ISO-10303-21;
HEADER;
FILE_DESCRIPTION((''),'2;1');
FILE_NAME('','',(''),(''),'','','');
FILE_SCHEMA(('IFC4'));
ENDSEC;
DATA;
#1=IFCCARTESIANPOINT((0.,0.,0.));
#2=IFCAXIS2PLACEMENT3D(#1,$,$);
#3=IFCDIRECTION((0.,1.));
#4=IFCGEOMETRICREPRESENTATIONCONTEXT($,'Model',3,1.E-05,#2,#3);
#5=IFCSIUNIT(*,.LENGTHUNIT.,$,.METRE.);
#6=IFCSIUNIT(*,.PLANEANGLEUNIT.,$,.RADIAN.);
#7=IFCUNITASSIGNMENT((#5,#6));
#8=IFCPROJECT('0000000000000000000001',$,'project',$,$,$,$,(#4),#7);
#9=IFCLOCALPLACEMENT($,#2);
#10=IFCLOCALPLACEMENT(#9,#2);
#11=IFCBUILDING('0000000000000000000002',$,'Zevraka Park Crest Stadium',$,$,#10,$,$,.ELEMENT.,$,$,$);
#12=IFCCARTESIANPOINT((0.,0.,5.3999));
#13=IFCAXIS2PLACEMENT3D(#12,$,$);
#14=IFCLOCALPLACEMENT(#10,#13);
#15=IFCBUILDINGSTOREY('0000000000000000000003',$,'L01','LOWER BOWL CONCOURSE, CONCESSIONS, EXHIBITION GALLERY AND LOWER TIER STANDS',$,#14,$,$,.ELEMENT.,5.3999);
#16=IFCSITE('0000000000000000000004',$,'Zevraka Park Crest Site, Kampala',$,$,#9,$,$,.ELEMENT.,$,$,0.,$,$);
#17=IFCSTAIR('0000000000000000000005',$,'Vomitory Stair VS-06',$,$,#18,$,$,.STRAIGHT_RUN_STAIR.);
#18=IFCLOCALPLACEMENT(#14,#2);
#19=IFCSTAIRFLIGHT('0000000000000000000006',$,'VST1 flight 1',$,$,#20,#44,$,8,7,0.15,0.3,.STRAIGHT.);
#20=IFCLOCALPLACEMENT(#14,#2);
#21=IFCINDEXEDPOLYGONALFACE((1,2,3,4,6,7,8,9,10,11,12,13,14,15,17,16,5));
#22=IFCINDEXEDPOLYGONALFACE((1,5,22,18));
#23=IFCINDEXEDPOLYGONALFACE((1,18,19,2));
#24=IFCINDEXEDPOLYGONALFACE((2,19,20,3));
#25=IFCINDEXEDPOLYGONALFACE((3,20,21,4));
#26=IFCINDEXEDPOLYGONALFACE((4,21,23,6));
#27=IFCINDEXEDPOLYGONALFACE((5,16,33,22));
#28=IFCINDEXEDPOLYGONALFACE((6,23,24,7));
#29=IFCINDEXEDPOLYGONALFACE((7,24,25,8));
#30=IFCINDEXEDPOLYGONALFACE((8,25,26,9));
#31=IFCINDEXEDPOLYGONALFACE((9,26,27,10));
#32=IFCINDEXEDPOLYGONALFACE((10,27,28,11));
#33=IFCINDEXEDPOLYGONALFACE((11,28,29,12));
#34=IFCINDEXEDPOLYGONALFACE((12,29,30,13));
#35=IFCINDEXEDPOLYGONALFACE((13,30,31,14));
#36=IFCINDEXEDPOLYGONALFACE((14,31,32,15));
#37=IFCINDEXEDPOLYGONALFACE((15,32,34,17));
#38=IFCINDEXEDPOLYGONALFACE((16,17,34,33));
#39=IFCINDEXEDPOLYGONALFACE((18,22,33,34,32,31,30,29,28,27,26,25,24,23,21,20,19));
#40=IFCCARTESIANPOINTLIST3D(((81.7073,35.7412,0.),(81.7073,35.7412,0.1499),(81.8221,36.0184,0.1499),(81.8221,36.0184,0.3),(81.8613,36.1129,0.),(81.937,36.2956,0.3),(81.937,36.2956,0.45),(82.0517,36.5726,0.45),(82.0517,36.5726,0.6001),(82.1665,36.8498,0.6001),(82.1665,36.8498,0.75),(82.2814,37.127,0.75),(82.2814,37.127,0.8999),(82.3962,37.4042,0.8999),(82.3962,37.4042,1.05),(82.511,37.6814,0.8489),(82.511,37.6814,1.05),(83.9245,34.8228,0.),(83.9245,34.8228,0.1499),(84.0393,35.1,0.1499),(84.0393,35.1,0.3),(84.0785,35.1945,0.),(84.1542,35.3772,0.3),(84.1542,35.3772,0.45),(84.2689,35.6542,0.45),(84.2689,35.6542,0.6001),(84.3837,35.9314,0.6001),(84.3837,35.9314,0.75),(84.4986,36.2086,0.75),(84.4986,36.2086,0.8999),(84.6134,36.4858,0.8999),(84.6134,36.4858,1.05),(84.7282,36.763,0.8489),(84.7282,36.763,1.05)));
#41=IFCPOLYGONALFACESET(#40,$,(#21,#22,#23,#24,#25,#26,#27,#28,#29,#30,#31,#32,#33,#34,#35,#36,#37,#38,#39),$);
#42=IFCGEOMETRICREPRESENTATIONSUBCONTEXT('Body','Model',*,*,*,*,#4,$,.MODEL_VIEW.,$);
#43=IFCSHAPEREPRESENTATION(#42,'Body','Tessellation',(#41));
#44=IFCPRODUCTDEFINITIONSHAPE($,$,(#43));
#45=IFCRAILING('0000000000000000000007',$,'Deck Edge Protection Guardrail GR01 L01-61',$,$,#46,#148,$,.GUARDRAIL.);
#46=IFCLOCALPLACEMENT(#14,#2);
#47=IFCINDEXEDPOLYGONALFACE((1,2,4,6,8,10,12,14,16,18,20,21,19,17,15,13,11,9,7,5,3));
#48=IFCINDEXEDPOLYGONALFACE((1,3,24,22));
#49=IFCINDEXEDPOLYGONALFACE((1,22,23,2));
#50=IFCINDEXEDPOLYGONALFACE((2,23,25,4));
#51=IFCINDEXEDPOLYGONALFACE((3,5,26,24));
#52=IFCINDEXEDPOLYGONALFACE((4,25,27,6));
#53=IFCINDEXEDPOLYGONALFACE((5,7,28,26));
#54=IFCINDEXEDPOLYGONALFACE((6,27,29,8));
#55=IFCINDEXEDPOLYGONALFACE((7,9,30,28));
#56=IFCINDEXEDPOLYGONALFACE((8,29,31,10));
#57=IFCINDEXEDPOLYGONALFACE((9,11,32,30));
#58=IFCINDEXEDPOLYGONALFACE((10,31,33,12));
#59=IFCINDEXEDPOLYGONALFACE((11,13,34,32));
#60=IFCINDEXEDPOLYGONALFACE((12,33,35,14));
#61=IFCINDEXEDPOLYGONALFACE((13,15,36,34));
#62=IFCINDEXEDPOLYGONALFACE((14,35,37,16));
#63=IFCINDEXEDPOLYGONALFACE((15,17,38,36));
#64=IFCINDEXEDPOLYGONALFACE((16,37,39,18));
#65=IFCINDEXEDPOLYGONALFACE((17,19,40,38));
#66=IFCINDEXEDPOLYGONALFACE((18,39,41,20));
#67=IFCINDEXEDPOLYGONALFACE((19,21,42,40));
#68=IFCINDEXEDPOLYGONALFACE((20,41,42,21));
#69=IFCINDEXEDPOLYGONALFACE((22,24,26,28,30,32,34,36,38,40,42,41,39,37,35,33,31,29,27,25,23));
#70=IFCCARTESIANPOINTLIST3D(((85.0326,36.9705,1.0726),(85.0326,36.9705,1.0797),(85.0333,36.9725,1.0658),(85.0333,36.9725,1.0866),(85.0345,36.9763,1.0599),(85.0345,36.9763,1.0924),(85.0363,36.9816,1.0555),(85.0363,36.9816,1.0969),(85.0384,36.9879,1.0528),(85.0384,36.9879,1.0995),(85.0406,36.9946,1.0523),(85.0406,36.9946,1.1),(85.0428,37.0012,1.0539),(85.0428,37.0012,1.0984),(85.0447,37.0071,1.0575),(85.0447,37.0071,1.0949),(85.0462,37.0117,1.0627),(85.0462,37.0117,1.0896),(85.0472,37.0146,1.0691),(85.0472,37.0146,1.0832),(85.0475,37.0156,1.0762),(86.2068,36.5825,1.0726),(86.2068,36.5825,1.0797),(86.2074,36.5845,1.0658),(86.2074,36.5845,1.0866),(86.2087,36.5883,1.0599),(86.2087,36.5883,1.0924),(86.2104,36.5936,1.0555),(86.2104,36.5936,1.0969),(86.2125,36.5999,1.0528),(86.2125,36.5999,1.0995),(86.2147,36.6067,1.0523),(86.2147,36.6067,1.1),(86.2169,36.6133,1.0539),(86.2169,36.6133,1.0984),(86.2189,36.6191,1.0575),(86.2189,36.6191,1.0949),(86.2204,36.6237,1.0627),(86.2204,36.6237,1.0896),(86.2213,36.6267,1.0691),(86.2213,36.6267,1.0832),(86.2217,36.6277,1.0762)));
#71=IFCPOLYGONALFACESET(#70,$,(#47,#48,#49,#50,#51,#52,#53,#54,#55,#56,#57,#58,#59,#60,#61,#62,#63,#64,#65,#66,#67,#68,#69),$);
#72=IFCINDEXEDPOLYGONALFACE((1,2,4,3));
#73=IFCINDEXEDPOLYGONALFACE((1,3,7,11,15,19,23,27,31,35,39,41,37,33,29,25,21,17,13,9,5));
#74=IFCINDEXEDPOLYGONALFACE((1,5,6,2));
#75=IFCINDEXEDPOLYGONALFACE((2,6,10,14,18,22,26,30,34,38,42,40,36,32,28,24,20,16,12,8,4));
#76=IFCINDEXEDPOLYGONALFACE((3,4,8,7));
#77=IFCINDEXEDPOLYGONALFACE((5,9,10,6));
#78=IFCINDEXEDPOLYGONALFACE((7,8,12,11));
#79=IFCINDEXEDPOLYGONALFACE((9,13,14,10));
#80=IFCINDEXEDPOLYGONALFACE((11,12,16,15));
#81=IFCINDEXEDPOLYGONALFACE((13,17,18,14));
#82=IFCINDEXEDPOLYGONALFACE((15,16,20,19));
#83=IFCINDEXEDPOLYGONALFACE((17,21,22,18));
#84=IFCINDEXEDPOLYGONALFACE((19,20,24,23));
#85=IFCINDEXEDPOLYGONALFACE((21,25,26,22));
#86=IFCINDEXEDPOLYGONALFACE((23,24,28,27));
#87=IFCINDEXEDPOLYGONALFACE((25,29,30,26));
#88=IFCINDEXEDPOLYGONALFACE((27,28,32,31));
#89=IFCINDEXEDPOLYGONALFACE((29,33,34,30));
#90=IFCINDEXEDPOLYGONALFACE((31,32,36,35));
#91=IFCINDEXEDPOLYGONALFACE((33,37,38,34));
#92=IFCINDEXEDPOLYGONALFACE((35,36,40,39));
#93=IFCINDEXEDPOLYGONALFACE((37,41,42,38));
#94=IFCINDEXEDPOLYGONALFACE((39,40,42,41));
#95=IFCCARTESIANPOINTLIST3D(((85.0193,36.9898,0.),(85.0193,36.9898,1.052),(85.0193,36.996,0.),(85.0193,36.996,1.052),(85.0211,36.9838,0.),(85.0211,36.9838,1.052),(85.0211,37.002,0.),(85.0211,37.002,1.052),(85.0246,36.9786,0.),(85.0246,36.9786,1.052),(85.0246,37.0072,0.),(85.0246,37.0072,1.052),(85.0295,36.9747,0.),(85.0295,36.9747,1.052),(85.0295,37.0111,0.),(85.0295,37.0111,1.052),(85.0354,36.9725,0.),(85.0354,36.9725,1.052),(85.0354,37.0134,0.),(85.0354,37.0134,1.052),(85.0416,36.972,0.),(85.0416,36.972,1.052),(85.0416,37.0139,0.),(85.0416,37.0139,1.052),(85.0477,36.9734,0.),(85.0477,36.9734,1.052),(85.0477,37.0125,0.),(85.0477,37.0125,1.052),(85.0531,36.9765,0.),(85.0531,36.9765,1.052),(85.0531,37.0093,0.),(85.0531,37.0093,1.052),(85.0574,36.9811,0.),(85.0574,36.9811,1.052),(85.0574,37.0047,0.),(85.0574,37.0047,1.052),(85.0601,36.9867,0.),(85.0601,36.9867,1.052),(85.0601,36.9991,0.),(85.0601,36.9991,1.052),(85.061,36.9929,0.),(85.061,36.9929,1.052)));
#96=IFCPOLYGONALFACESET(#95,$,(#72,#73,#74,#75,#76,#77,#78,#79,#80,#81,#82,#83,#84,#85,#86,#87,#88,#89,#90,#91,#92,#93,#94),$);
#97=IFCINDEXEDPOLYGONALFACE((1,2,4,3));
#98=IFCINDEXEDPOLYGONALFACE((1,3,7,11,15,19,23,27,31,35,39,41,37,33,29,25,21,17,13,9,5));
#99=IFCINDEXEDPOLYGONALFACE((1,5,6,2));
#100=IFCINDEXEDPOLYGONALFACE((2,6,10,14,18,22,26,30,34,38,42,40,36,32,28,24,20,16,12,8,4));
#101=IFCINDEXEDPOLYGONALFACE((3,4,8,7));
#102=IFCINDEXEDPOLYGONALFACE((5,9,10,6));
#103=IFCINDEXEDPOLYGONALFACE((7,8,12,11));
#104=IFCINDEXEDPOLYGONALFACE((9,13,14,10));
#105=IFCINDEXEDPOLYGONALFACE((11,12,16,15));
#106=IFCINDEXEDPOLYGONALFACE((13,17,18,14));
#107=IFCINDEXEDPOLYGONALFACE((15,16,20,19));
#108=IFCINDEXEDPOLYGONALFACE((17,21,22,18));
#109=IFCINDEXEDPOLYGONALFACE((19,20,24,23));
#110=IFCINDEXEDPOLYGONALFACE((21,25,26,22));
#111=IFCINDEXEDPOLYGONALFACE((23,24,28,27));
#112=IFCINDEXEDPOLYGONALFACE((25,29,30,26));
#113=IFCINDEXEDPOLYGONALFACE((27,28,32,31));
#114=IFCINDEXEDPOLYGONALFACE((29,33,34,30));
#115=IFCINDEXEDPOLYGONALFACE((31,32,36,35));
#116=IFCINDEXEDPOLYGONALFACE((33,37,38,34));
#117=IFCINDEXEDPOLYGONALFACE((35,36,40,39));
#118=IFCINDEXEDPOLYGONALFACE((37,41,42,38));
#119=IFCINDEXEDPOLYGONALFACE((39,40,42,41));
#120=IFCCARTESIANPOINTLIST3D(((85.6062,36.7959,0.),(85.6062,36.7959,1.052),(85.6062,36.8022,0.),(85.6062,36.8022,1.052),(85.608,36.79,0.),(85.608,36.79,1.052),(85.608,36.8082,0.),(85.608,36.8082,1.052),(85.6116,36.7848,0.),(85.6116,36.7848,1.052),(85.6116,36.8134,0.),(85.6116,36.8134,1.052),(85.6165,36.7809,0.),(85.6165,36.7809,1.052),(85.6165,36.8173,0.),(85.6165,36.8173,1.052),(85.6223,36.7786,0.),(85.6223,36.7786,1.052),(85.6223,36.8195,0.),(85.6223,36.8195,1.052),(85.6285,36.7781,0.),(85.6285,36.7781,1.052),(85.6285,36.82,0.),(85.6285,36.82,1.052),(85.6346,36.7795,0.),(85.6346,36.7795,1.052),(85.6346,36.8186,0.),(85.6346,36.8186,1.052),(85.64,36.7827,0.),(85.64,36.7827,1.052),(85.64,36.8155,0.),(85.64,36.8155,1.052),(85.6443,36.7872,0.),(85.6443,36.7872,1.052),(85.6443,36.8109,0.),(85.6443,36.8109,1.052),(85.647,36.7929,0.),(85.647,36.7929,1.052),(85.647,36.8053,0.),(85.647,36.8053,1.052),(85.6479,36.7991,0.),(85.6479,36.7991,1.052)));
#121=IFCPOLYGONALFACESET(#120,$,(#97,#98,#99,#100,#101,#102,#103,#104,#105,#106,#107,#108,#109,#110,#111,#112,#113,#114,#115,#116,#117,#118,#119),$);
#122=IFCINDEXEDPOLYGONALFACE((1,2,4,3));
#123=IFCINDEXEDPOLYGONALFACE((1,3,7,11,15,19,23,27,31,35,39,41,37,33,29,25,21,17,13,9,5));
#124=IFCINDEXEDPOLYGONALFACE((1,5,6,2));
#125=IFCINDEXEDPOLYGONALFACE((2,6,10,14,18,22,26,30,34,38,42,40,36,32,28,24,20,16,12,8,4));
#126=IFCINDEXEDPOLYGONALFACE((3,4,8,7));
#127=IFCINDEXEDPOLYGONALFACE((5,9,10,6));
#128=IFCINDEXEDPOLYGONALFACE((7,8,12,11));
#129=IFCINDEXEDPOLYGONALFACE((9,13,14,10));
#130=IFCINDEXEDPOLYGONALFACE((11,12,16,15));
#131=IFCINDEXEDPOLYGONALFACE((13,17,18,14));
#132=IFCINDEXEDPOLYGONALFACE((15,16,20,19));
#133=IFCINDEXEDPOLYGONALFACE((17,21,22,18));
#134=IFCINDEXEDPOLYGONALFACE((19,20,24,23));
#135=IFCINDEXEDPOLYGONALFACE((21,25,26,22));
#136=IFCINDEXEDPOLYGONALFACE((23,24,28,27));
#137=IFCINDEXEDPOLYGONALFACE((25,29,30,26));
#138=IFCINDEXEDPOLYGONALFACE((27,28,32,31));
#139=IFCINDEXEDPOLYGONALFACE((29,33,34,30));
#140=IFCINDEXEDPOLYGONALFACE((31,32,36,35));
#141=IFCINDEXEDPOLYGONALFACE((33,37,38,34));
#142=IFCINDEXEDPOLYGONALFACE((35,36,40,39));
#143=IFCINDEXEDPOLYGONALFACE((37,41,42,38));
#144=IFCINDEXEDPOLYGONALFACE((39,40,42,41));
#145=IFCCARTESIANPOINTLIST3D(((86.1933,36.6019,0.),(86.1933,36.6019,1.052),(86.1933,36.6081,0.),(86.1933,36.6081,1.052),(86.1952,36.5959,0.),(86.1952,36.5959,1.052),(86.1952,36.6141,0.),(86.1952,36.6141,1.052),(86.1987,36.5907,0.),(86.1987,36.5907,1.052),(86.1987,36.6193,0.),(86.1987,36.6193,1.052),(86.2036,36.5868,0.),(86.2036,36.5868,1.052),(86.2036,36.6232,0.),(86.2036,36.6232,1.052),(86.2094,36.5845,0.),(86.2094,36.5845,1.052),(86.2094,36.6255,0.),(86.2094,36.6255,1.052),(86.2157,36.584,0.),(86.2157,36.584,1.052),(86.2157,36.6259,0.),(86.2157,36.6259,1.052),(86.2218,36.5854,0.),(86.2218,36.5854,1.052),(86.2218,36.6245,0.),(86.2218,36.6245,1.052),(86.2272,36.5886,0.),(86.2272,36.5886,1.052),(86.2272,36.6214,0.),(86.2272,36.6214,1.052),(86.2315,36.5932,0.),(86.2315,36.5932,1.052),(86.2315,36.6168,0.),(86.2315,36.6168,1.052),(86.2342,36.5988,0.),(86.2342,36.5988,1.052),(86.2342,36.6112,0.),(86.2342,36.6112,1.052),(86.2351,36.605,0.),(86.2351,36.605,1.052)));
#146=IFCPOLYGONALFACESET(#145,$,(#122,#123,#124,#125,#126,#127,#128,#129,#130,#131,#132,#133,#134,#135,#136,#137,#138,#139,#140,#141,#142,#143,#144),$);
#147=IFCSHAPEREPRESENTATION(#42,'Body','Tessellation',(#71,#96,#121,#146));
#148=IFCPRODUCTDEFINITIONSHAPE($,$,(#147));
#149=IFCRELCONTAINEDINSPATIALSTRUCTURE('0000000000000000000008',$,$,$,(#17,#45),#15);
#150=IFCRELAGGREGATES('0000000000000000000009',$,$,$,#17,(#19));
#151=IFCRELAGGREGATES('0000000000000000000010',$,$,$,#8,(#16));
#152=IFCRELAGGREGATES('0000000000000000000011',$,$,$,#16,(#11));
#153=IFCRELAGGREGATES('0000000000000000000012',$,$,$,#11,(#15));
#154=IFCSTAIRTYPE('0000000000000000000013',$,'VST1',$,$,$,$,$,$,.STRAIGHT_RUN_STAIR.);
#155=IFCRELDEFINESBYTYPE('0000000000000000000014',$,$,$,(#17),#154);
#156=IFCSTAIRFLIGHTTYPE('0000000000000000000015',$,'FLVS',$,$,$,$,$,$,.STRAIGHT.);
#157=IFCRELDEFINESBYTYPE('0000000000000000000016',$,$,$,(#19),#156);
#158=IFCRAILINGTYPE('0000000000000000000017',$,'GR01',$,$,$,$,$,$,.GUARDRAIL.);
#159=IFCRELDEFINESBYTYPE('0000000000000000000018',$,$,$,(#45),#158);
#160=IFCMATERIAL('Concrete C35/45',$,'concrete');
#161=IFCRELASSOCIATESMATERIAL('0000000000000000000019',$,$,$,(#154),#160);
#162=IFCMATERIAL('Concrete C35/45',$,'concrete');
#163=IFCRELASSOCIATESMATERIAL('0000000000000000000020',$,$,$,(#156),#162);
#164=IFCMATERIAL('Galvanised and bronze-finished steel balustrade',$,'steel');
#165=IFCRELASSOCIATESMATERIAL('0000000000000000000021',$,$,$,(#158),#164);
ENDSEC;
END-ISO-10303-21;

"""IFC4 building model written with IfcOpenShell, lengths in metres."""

from ifc_helpers import new_model, si_unit, direction, frame, origin, origin_2d, place, context, subcontext, project, spatial, polyline, circle, outline, extrude, material, type_object, element, aggregate, save


model = new_model("IFC4")

# Units and contexts
model_context = context("Model", 3, precision=1e-05, world=origin(), true_north=direction((0.0, 1.0)))
body_context = subcontext(model_context, "Body", "Model", "MODEL_VIEW")
ifc_project = project(units=[si_unit("LENGTHUNIT", "METRE"), si_unit("PLANEANGLEUNIT", "RADIAN")], contexts=[model_context])

# Site, building, storey
site_placement = place(None, origin())
site = spatial("IfcSite", under=ifc_project, at=site_placement, Name="Zevraka Park Crest Site, Kampala", CompositionType="ELEMENT", RefElevation=0.0)
building_placement = place(site_placement, origin())
building = spatial("IfcBuilding", under=site, at=building_placement, Name="Zevraka Park Crest Stadium", CompositionType="ELEMENT")
storey_placement = place(building_placement, frame((0.0, 0.0, 5.3999)))
storey = spatial("IfcBuildingStorey", under=building, at=storey_placement, Name="L01", Description="LOWER BOWL CONCOURSE, CONCESSIONS, EXHIBITION GALLERY AND LOWER TIER STANDS", CompositionType="ELEMENT", Elevation=5.3999)

# Stair, stair flight
ifc_material_1 = material(Name="Concrete C35/45", Category="concrete")
stair_type = type_object("IfcStairType", Name="VST1", PredefinedType="STRAIGHT_RUN_STAIR", material=ifc_material_1)
stair_placement = place(storey_placement, origin())
stair = element("IfcStair", 1, at=stair_placement, inside=storey, type_object=stair_type, Name="Vomitory Stair VS-06", PredefinedType="STRAIGHT_RUN_STAIR")
ifc_material_2 = material(Name="Concrete C35/45", Category="concrete")
stair_flight_type = type_object("IfcStairFlightType", Name="FLVS", PredefinedType="STRAIGHT", material=ifc_material_2)
stair_flight_placement = place(storey_placement, frame((82.8159, 35.282, 0.0), z_axis=(0.0, 0.0, 1.0), x_axis=(0.3827, 0.923873, 0.0)))
stair_flight = element("IfcStairFlight", 2, at=stair_flight_placement, type_object=stair_flight_type, Name="VST1 flight 1", NumberOfRisers=8, NumberOfTreads=7, PredefinedType="STRAIGHT", RiserHeight=0.15, TreadLength=0.3, context=body_context, shape_type="SweptSolid", body=[
    extrude(outline(polyline([(0.0, 0.0), (0.0, 0.1499), (0.3, 0.1499), (0.3, 0.3), (0.6001, 0.3), (0.6001, 0.45), (0.8999, 0.45), (0.8999, 0.6001), (1.2, 0.6001), (1.2, 0.75), (1.5, 0.75), (1.5, 0.8999), (1.8, 0.8999), (1.8, 1.05), (2.1001, 1.05), (2.1001, 1.2), (2.1001, 0.8489), (0.4023, 0.0), (0.0, 0.0)])), frame((0.0, 1.2, 0.0), z_axis=(0.0, -1.0, 0.0), x_axis=(1.0, 0.0, 0.0)), (0.0, 0.0, 1.0), 2.3999),
])
aggregate(stair, [stair_flight])

# Railing
ifc_material_3 = material(Name="Galvanised and bronze-finished steel balustrade", Category="steel")
railing_type_1 = type_object("IfcRailingType", Name="GR01", PredefinedType="GUARDRAIL", material=ifc_material_3)
railing_1_placement = place(storey_placement, frame((85.04, 36.9929, 0.0)))
element("IfcRailing", 3, at=railing_1_placement, inside=storey, type_object=railing_type_1, Name="Deck Edge Protection Guardrail GR01 L01-61", PredefinedType="GUARDRAIL", context=body_context, shape_type="SweptSolid", body=[
    extrude(circle(Radius=0.0239, at=origin_2d()), frame((0.0, 0.0, 1.0762), z_axis=(0.949509, -0.313739, 0.0), x_axis=(0.313739, 0.949509, 0.0)), (0.0, 0.0, 1.0), 1.2366),
    extrude(circle(Radius=0.021, at=origin_2d()), origin(), (0.0, 0.0, 1.0), 1.052),
    extrude(circle(Radius=0.021, at=origin_2d()), frame((0.5869, -0.1938, 0.0)), (0.0, 0.0, 1.0), 1.052),
    extrude(circle(Radius=0.021, at=origin_2d()), frame((1.1741, -0.3879, 0.0)), (0.0, 0.0, 1.0), 1.052),
])

save(model, "model.ifc")
